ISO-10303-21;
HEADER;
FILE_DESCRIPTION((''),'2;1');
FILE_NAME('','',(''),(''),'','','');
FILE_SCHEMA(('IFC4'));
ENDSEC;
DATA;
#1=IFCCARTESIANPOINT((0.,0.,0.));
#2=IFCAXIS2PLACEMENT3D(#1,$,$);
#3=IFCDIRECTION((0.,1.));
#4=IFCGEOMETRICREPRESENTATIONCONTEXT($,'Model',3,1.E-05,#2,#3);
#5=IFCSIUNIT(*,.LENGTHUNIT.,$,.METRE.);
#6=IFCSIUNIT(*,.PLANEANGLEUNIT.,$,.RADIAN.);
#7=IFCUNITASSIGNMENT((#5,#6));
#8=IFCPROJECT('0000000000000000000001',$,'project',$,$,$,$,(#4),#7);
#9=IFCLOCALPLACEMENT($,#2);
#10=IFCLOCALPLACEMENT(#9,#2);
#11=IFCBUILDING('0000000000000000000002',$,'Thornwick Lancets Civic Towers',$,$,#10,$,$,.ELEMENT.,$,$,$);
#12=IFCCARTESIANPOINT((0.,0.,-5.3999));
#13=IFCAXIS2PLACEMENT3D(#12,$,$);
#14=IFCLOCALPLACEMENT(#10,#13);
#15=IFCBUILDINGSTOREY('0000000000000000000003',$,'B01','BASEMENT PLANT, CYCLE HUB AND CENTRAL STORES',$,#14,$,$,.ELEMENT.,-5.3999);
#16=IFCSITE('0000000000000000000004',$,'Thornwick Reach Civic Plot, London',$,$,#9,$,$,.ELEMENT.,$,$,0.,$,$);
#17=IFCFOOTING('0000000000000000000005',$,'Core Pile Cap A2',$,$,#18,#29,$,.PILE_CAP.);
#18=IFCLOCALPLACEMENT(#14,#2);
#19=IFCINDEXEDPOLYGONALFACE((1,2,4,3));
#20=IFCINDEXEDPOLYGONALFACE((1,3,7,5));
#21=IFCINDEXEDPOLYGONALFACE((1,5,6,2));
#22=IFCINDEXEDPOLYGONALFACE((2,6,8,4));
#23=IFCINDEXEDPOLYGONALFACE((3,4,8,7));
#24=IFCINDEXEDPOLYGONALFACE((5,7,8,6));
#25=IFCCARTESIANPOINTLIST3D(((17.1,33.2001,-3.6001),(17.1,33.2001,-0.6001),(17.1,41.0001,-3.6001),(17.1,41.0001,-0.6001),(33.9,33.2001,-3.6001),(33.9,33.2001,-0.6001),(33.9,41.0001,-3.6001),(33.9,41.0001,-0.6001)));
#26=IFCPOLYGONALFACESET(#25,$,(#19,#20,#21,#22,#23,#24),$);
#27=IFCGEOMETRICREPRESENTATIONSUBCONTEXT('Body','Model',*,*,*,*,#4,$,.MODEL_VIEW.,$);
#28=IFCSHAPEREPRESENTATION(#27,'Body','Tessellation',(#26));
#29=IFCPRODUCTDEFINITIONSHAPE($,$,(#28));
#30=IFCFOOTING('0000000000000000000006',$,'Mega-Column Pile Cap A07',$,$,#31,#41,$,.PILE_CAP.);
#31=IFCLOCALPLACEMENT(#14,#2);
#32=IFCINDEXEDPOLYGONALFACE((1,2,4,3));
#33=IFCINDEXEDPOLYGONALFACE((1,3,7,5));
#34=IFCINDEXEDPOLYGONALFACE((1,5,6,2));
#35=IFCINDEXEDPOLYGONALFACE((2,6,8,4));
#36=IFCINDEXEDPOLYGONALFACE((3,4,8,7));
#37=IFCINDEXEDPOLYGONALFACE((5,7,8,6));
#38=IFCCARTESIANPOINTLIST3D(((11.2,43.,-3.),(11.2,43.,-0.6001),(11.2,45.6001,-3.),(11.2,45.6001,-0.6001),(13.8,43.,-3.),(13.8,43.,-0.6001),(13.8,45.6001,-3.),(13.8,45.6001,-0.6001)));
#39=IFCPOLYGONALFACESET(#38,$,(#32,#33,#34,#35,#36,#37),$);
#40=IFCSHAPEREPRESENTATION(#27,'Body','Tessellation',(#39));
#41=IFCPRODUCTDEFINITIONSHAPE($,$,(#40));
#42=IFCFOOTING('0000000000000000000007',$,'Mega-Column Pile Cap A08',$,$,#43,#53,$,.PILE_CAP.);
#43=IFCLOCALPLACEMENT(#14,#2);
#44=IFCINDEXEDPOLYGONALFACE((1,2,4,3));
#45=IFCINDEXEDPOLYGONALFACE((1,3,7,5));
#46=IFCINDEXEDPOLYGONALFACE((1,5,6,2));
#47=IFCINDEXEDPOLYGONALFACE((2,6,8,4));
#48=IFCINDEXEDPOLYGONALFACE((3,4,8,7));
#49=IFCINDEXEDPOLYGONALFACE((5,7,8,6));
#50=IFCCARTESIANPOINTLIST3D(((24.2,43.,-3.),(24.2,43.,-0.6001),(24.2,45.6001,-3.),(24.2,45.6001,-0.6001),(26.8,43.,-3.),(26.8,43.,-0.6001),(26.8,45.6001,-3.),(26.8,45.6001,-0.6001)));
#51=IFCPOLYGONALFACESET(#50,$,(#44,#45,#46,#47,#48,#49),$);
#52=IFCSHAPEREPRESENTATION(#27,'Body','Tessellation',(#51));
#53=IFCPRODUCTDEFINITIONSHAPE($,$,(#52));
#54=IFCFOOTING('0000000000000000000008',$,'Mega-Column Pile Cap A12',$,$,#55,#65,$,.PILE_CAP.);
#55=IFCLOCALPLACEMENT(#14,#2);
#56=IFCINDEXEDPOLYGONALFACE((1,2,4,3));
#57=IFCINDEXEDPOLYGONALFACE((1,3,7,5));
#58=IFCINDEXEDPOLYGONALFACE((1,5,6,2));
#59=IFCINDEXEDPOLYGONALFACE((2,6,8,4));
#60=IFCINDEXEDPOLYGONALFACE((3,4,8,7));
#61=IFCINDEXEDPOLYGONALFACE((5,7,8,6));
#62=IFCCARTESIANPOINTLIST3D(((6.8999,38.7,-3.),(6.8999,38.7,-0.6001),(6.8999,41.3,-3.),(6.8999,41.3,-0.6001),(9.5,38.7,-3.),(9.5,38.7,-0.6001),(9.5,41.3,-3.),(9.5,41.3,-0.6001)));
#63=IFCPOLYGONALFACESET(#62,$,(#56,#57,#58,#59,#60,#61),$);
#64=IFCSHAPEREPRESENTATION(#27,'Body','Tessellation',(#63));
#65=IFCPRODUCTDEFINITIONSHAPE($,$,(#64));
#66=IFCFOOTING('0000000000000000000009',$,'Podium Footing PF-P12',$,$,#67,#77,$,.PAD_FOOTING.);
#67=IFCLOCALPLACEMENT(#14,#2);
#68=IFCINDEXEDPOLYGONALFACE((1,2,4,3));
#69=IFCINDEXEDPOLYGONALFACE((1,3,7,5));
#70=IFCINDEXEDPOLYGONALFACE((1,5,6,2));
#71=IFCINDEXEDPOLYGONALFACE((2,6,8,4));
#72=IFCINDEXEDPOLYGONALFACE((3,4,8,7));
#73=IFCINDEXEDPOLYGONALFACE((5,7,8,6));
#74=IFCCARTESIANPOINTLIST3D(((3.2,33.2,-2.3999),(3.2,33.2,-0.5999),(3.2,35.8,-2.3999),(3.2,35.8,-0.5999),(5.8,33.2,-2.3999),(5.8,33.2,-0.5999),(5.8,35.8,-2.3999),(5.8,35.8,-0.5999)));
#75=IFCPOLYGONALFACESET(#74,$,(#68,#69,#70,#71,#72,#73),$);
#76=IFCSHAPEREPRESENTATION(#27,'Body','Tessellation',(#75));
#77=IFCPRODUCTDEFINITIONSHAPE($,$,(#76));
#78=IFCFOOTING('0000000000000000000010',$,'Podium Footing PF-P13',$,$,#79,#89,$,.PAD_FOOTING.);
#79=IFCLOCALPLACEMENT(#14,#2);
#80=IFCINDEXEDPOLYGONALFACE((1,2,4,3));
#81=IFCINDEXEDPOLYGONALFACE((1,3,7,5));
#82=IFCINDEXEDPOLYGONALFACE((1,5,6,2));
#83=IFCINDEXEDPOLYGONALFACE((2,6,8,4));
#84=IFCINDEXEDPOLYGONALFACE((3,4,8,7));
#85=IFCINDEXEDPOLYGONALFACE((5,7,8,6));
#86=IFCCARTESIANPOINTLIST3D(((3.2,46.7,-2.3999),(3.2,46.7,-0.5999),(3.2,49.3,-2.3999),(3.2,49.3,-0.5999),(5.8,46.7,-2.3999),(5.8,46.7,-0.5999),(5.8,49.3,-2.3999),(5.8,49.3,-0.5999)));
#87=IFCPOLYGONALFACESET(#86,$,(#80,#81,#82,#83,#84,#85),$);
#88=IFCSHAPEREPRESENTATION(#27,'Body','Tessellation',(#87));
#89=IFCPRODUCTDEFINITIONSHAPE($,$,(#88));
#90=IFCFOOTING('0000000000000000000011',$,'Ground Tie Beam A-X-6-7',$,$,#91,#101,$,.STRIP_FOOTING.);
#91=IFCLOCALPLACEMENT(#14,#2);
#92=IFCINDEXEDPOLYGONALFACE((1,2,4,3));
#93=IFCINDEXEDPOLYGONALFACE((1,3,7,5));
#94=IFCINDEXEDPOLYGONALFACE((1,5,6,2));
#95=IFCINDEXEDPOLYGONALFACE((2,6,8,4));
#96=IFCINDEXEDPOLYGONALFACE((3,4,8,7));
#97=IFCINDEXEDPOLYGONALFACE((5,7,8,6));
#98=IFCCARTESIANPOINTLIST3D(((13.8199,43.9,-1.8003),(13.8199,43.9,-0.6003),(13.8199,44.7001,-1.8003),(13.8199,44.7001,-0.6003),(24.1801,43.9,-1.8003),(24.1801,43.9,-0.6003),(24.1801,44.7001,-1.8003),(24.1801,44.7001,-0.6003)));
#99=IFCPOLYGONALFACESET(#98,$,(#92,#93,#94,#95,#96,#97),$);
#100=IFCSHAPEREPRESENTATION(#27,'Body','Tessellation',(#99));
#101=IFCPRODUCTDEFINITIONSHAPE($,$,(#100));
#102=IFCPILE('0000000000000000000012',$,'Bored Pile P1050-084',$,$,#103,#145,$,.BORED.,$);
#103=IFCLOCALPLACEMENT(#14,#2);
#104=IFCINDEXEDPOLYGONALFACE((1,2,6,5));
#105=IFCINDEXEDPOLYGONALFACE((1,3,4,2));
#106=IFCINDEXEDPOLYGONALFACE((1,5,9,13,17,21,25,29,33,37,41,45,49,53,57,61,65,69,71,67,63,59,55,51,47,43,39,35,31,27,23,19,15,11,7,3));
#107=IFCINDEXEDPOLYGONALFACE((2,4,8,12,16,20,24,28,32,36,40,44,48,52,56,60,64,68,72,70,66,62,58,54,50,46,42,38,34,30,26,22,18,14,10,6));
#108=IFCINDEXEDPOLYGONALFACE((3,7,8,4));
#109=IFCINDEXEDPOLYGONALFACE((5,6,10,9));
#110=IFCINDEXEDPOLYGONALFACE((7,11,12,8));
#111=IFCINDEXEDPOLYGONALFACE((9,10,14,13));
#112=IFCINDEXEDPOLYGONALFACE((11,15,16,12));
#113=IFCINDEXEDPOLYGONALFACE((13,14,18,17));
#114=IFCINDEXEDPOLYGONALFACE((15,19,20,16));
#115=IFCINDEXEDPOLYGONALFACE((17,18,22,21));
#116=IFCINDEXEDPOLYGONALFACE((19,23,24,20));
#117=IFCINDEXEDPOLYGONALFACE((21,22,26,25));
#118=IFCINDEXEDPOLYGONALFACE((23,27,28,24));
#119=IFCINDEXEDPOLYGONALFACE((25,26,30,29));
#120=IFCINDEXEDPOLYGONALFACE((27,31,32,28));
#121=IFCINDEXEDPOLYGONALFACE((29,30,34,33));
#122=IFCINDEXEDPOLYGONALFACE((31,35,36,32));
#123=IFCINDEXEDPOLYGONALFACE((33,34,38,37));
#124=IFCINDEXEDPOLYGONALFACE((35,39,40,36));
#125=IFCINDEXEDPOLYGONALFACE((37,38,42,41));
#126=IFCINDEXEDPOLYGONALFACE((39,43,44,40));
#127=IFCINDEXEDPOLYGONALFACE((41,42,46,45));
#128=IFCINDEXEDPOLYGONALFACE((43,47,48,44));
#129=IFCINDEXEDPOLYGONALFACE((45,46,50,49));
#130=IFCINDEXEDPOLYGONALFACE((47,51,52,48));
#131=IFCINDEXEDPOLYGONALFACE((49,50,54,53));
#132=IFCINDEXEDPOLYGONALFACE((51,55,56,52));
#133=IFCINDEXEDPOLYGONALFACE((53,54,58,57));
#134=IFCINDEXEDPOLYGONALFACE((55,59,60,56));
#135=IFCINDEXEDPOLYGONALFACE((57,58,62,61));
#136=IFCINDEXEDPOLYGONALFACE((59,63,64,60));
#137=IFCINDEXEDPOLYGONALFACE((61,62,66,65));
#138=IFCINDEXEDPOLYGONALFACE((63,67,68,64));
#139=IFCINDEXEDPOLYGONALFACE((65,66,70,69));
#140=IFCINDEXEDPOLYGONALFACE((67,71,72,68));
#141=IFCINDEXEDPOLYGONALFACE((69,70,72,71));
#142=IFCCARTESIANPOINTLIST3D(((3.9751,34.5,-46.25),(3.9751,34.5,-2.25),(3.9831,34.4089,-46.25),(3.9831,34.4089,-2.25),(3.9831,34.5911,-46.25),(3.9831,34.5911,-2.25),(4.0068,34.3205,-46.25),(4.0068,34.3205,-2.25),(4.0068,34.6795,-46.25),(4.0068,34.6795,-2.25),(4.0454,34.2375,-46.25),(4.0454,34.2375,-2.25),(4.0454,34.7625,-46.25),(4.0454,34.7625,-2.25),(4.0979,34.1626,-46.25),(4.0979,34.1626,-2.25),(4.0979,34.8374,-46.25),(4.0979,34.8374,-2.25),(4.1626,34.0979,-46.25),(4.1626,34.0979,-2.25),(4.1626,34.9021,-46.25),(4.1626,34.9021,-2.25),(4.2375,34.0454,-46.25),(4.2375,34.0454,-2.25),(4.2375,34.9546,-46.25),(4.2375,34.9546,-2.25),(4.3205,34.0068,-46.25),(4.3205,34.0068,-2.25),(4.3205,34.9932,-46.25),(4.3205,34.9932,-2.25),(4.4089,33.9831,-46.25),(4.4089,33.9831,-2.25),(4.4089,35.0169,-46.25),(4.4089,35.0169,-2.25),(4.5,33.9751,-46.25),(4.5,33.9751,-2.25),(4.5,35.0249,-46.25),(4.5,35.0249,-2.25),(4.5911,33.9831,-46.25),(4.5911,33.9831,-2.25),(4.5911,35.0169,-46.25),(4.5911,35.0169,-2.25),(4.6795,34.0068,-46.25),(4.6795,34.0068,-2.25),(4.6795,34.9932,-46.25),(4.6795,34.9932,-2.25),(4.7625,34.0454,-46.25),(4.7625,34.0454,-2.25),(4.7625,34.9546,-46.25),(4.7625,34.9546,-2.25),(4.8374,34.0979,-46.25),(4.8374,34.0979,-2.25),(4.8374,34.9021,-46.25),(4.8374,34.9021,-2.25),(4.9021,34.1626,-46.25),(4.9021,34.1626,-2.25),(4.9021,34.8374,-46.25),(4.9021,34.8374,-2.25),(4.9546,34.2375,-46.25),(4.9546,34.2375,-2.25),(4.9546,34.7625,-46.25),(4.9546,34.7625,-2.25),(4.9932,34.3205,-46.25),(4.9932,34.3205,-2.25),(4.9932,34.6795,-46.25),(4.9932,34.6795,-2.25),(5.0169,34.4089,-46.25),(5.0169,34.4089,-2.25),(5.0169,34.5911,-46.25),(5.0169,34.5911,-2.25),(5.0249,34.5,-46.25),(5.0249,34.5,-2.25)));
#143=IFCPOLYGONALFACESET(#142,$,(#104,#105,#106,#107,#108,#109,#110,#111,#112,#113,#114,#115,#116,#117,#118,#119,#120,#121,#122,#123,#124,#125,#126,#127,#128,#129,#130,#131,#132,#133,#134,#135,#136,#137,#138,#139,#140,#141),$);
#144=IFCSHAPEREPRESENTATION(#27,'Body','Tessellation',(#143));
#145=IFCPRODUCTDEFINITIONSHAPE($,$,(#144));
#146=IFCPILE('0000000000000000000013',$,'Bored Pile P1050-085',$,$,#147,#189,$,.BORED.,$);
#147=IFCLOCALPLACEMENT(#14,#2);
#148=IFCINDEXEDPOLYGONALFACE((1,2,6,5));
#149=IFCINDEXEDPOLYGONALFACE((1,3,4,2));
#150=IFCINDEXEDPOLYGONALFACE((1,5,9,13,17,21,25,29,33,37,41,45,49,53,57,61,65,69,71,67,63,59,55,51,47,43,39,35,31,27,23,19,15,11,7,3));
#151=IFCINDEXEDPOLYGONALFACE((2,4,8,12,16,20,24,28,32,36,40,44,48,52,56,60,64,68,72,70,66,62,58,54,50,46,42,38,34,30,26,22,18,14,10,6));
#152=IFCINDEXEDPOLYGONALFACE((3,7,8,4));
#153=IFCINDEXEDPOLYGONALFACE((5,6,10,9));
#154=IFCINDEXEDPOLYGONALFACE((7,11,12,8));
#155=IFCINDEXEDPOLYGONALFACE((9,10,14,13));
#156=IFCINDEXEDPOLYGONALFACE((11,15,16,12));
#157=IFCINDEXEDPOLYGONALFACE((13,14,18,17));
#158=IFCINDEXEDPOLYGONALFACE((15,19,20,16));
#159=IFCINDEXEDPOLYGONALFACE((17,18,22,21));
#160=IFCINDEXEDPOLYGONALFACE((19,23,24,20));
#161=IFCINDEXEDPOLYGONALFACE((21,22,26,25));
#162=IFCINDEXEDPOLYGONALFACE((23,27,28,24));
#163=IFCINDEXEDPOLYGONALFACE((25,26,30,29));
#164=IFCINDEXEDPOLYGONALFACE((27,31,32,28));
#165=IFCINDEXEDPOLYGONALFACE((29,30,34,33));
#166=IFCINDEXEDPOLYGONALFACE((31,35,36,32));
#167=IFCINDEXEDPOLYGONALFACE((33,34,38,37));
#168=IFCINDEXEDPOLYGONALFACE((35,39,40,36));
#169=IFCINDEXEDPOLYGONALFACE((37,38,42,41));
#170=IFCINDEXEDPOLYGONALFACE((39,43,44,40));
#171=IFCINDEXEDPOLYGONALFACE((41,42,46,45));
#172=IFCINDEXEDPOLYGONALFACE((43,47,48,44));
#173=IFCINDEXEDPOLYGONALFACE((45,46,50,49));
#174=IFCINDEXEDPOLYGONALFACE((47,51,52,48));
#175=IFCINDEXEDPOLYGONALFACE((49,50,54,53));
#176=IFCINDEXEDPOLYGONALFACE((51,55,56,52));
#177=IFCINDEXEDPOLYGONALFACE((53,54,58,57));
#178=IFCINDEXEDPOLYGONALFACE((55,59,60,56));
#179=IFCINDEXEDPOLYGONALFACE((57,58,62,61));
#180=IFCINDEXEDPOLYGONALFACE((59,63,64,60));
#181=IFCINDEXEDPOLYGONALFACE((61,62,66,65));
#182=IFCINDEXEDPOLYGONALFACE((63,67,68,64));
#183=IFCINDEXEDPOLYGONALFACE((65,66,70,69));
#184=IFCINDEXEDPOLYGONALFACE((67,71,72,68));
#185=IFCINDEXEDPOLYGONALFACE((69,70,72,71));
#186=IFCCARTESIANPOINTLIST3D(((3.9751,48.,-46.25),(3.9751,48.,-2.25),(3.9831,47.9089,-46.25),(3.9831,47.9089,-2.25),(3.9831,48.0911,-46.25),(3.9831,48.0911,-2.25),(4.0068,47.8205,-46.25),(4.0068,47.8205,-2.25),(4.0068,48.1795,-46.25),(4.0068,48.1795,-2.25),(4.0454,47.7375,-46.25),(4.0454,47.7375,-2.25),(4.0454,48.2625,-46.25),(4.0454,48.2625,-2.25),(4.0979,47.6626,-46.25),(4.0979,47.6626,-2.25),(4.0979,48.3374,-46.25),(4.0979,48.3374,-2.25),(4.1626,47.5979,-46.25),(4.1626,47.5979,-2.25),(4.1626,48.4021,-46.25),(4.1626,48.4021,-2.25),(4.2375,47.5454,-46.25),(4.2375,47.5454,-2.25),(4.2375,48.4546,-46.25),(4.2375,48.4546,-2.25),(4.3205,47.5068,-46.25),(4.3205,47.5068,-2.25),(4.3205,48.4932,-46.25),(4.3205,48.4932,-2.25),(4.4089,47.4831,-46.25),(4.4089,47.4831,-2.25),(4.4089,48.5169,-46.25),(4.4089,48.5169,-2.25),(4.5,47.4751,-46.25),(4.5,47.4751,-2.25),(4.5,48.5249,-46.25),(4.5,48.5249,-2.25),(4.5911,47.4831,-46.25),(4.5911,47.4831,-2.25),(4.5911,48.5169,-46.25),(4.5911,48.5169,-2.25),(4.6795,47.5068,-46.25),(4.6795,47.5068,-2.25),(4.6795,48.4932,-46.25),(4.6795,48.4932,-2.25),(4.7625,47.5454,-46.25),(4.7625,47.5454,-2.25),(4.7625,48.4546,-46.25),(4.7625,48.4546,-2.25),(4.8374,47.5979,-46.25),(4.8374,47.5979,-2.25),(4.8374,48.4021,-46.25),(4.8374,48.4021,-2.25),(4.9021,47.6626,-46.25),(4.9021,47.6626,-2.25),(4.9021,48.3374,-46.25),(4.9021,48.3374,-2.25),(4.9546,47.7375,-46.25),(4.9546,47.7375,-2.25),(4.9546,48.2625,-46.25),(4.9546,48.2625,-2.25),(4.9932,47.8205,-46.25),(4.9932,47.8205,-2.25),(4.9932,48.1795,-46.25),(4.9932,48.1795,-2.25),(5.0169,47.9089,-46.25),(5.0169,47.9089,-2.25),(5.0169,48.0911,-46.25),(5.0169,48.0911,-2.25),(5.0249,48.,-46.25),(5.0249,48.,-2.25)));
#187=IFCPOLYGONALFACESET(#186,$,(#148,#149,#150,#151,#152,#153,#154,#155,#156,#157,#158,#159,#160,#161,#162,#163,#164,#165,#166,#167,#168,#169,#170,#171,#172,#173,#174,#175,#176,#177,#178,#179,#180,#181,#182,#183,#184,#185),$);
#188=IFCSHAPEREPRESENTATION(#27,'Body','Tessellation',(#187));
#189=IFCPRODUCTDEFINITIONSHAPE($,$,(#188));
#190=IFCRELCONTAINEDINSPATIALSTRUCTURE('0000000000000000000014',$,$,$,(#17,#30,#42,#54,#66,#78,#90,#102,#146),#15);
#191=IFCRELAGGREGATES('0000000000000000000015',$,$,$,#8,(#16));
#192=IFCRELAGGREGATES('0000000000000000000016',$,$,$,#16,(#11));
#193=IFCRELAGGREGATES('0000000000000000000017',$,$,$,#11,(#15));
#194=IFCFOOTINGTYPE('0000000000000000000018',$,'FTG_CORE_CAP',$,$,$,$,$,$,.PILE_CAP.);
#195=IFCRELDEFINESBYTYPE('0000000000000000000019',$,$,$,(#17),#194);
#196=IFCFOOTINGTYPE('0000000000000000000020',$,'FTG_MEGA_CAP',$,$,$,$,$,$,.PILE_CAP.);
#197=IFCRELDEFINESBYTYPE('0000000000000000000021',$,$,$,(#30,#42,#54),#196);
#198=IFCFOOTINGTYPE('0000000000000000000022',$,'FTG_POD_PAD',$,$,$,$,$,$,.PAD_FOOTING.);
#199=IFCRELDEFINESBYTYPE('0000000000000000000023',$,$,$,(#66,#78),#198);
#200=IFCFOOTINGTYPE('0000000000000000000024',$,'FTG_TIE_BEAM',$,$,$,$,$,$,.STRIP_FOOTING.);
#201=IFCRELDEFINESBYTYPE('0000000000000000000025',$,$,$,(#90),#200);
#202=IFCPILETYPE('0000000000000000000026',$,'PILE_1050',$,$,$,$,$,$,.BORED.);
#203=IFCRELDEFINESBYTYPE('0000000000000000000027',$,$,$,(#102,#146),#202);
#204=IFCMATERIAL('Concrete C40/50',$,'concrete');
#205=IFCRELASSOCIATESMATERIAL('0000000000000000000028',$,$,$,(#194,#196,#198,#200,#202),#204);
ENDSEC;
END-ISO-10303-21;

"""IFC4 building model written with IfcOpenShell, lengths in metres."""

from ifc_helpers import new_model, si_unit, direction, frame, origin, origin_2d, place, context, subcontext, project, spatial, rectangle, circle, extrude, material, material_profile, profile_set, type_object, element, save


model = new_model("IFC4")

# Units and contexts
model_context = context("Model", 3, precision=1e-05, world=origin(), true_north=direction((0.0, 1.0)))
body_context = subcontext(model_context, "Body", "Model", "MODEL_VIEW")
ifc_project = project(units=[si_unit("LENGTHUNIT", "METRE"), si_unit("PLANEANGLEUNIT", "RADIAN")], contexts=[model_context])

# Site, building, storey
site_placement = place(None, origin())
site = spatial("IfcSite", under=ifc_project, at=site_placement, Name="Thornwick Reach Civic Plot, London", CompositionType="ELEMENT", RefElevation=0.0)
building_placement = place(site_placement, origin())
building = spatial("IfcBuilding", under=site, at=building_placement, Name="Thornwick Lancets Civic Towers", CompositionType="ELEMENT")
storey_placement = place(building_placement, frame((0.0, 0.0, -5.3999)))
storey = spatial("IfcBuildingStorey", under=building, at=storey_placement, Name="B01", Description="BASEMENT PLANT, CYCLE HUB AND CENTRAL STORES", CompositionType="ELEMENT", Elevation=-5.3999)

# Footings
ifc_material_1 = material(Name="Concrete C40/50", Category="concrete")
footing_type_1 = type_object("IfcFootingType", Name="FTG_CORE_CAP", PredefinedType="PILE_CAP", material=ifc_material_1)
footing_1_placement = place(storey_placement, frame((25.5, 37.1001, -3.6001), z_axis=(0.0, 0.0, 1.0), x_axis=(1.0, 0.0, 0.0)))
element("IfcFooting", 1, at=footing_1_placement, inside=storey, type_object=footing_type_1, Name="Core Pile Cap A2", PredefinedType="PILE_CAP", context=body_context, shape_type="SweptSolid", body=[
    extrude(rectangle(XDim=16.8, YDim=7.8, at=origin_2d()), origin(), (0.0, 0.0, 1.0), 3.0),
])
footing_type_2 = type_object("IfcFootingType", Name="FTG_MEGA_CAP", PredefinedType="PILE_CAP", material=ifc_material_1)
for number, where, z_axis, x_axis, name in (
    (2, (12.5, 44.3, -3.0), (0.0, 0.0, 1.0), (1.0, 0.0, 0.0), "Mega-Column Pile Cap A07"),
    (3, (25.5, 44.3, -3.0), (0.0, 0.0, 1.0), (1.0, 0.0, 0.0), "Mega-Column Pile Cap A08"),
    (4, (8.2, 40.0, -3.0), (0.0, 0.0, 1.0), (1.0, 0.0, 0.0), "Mega-Column Pile Cap A12"),
):
    element("IfcFooting", number, at=place(storey_placement, frame(where, z_axis=z_axis, x_axis=x_axis)), inside=storey, type_object=footing_type_2, Name=name, PredefinedType="PILE_CAP", context=body_context, shape_type="SweptSolid", body=[
        extrude(rectangle(XDim=2.6001, YDim=2.6001, at=origin_2d()), origin(), (0.0, 0.0, 1.0), 2.3999),
    ])
footing_type_3 = type_object("IfcFootingType", Name="FTG_POD_PAD", PredefinedType="PAD_FOOTING", material=ifc_material_1)
for number, where, z_axis, x_axis, name in (
    (5, (4.5, 34.5, -2.3999), (0.0, 0.0, 1.0), (1.0, 0.0, 0.0), "Podium Footing PF-P12"),
    (6, (4.5, 48.0, -2.3999), (0.0, 0.0, 1.0), (1.0, 0.0, 0.0), "Podium Footing PF-P13"),
):
    element("IfcFooting", number, at=place(storey_placement, frame(where, z_axis=z_axis, x_axis=x_axis)), inside=storey, type_object=footing_type_3, Name=name, PredefinedType="PAD_FOOTING", context=body_context, shape_type="SweptSolid", body=[
        extrude(rectangle(XDim=2.6001, YDim=2.6001, at=origin_2d()), origin(), (0.0, 0.0, 1.0), 1.8),
    ])
footing_type_4 = type_object("IfcFootingType", Name="FTG_TIE_BEAM", PredefinedType="STRIP_FOOTING", material=ifc_material_1)
footing_2_placement = place(storey_placement, frame((19.0, 44.3, -1.8003), z_axis=(0.0, 0.0, 1.0), x_axis=(1.0, 0.0, 0.0)))
element("IfcFooting", 7, at=footing_2_placement, inside=storey, type_object=footing_type_4, Name="Ground Tie Beam A-X-6-7", PredefinedType="STRIP_FOOTING", context=body_context, shape_type="SweptSolid", body=[
    extrude(rectangle(XDim=10.3601, YDim=0.8, at=origin_2d()), origin(), (0.0, 0.0, 1.0), 1.2),
])

# Piles
ifc_material_profile_1 = material_profile(ifc_material_1, circle(Radius=0.5249, at=origin_2d()), Name="PILE D1050")
ifc_profile_set_1 = profile_set([ifc_material_profile_1], Name="Concrete C40/50")
pile_type_1 = type_object("IfcPileType", Name="PILE_1050", PredefinedType="BORED", material=ifc_profile_set_1)
for number, where, z_axis, x_axis, name in (
    (8, (4.5, 34.5, -2.25), (0.0, 0.0, -1.0), (1.0, 0.0, 0.0), "Bored Pile P1050-084"),
    (9, (4.5, 48.0, -2.25), (0.0, 0.0, -1.0), (1.0, 0.0, 0.0), "Bored Pile P1050-085"),
):
    element("IfcPile", number, at=place(storey_placement, frame(where, z_axis=z_axis, x_axis=x_axis)), inside=storey, type_object=pile_type_1, Name=name, PredefinedType="BORED", context=body_context, shape_type="SweptSolid", body=[
        extrude(circle(Radius=0.5249, at=origin_2d()), origin(), (0.0, 0.0, 1.0), 44.0),
    ])

save(model, "model.ifc")
